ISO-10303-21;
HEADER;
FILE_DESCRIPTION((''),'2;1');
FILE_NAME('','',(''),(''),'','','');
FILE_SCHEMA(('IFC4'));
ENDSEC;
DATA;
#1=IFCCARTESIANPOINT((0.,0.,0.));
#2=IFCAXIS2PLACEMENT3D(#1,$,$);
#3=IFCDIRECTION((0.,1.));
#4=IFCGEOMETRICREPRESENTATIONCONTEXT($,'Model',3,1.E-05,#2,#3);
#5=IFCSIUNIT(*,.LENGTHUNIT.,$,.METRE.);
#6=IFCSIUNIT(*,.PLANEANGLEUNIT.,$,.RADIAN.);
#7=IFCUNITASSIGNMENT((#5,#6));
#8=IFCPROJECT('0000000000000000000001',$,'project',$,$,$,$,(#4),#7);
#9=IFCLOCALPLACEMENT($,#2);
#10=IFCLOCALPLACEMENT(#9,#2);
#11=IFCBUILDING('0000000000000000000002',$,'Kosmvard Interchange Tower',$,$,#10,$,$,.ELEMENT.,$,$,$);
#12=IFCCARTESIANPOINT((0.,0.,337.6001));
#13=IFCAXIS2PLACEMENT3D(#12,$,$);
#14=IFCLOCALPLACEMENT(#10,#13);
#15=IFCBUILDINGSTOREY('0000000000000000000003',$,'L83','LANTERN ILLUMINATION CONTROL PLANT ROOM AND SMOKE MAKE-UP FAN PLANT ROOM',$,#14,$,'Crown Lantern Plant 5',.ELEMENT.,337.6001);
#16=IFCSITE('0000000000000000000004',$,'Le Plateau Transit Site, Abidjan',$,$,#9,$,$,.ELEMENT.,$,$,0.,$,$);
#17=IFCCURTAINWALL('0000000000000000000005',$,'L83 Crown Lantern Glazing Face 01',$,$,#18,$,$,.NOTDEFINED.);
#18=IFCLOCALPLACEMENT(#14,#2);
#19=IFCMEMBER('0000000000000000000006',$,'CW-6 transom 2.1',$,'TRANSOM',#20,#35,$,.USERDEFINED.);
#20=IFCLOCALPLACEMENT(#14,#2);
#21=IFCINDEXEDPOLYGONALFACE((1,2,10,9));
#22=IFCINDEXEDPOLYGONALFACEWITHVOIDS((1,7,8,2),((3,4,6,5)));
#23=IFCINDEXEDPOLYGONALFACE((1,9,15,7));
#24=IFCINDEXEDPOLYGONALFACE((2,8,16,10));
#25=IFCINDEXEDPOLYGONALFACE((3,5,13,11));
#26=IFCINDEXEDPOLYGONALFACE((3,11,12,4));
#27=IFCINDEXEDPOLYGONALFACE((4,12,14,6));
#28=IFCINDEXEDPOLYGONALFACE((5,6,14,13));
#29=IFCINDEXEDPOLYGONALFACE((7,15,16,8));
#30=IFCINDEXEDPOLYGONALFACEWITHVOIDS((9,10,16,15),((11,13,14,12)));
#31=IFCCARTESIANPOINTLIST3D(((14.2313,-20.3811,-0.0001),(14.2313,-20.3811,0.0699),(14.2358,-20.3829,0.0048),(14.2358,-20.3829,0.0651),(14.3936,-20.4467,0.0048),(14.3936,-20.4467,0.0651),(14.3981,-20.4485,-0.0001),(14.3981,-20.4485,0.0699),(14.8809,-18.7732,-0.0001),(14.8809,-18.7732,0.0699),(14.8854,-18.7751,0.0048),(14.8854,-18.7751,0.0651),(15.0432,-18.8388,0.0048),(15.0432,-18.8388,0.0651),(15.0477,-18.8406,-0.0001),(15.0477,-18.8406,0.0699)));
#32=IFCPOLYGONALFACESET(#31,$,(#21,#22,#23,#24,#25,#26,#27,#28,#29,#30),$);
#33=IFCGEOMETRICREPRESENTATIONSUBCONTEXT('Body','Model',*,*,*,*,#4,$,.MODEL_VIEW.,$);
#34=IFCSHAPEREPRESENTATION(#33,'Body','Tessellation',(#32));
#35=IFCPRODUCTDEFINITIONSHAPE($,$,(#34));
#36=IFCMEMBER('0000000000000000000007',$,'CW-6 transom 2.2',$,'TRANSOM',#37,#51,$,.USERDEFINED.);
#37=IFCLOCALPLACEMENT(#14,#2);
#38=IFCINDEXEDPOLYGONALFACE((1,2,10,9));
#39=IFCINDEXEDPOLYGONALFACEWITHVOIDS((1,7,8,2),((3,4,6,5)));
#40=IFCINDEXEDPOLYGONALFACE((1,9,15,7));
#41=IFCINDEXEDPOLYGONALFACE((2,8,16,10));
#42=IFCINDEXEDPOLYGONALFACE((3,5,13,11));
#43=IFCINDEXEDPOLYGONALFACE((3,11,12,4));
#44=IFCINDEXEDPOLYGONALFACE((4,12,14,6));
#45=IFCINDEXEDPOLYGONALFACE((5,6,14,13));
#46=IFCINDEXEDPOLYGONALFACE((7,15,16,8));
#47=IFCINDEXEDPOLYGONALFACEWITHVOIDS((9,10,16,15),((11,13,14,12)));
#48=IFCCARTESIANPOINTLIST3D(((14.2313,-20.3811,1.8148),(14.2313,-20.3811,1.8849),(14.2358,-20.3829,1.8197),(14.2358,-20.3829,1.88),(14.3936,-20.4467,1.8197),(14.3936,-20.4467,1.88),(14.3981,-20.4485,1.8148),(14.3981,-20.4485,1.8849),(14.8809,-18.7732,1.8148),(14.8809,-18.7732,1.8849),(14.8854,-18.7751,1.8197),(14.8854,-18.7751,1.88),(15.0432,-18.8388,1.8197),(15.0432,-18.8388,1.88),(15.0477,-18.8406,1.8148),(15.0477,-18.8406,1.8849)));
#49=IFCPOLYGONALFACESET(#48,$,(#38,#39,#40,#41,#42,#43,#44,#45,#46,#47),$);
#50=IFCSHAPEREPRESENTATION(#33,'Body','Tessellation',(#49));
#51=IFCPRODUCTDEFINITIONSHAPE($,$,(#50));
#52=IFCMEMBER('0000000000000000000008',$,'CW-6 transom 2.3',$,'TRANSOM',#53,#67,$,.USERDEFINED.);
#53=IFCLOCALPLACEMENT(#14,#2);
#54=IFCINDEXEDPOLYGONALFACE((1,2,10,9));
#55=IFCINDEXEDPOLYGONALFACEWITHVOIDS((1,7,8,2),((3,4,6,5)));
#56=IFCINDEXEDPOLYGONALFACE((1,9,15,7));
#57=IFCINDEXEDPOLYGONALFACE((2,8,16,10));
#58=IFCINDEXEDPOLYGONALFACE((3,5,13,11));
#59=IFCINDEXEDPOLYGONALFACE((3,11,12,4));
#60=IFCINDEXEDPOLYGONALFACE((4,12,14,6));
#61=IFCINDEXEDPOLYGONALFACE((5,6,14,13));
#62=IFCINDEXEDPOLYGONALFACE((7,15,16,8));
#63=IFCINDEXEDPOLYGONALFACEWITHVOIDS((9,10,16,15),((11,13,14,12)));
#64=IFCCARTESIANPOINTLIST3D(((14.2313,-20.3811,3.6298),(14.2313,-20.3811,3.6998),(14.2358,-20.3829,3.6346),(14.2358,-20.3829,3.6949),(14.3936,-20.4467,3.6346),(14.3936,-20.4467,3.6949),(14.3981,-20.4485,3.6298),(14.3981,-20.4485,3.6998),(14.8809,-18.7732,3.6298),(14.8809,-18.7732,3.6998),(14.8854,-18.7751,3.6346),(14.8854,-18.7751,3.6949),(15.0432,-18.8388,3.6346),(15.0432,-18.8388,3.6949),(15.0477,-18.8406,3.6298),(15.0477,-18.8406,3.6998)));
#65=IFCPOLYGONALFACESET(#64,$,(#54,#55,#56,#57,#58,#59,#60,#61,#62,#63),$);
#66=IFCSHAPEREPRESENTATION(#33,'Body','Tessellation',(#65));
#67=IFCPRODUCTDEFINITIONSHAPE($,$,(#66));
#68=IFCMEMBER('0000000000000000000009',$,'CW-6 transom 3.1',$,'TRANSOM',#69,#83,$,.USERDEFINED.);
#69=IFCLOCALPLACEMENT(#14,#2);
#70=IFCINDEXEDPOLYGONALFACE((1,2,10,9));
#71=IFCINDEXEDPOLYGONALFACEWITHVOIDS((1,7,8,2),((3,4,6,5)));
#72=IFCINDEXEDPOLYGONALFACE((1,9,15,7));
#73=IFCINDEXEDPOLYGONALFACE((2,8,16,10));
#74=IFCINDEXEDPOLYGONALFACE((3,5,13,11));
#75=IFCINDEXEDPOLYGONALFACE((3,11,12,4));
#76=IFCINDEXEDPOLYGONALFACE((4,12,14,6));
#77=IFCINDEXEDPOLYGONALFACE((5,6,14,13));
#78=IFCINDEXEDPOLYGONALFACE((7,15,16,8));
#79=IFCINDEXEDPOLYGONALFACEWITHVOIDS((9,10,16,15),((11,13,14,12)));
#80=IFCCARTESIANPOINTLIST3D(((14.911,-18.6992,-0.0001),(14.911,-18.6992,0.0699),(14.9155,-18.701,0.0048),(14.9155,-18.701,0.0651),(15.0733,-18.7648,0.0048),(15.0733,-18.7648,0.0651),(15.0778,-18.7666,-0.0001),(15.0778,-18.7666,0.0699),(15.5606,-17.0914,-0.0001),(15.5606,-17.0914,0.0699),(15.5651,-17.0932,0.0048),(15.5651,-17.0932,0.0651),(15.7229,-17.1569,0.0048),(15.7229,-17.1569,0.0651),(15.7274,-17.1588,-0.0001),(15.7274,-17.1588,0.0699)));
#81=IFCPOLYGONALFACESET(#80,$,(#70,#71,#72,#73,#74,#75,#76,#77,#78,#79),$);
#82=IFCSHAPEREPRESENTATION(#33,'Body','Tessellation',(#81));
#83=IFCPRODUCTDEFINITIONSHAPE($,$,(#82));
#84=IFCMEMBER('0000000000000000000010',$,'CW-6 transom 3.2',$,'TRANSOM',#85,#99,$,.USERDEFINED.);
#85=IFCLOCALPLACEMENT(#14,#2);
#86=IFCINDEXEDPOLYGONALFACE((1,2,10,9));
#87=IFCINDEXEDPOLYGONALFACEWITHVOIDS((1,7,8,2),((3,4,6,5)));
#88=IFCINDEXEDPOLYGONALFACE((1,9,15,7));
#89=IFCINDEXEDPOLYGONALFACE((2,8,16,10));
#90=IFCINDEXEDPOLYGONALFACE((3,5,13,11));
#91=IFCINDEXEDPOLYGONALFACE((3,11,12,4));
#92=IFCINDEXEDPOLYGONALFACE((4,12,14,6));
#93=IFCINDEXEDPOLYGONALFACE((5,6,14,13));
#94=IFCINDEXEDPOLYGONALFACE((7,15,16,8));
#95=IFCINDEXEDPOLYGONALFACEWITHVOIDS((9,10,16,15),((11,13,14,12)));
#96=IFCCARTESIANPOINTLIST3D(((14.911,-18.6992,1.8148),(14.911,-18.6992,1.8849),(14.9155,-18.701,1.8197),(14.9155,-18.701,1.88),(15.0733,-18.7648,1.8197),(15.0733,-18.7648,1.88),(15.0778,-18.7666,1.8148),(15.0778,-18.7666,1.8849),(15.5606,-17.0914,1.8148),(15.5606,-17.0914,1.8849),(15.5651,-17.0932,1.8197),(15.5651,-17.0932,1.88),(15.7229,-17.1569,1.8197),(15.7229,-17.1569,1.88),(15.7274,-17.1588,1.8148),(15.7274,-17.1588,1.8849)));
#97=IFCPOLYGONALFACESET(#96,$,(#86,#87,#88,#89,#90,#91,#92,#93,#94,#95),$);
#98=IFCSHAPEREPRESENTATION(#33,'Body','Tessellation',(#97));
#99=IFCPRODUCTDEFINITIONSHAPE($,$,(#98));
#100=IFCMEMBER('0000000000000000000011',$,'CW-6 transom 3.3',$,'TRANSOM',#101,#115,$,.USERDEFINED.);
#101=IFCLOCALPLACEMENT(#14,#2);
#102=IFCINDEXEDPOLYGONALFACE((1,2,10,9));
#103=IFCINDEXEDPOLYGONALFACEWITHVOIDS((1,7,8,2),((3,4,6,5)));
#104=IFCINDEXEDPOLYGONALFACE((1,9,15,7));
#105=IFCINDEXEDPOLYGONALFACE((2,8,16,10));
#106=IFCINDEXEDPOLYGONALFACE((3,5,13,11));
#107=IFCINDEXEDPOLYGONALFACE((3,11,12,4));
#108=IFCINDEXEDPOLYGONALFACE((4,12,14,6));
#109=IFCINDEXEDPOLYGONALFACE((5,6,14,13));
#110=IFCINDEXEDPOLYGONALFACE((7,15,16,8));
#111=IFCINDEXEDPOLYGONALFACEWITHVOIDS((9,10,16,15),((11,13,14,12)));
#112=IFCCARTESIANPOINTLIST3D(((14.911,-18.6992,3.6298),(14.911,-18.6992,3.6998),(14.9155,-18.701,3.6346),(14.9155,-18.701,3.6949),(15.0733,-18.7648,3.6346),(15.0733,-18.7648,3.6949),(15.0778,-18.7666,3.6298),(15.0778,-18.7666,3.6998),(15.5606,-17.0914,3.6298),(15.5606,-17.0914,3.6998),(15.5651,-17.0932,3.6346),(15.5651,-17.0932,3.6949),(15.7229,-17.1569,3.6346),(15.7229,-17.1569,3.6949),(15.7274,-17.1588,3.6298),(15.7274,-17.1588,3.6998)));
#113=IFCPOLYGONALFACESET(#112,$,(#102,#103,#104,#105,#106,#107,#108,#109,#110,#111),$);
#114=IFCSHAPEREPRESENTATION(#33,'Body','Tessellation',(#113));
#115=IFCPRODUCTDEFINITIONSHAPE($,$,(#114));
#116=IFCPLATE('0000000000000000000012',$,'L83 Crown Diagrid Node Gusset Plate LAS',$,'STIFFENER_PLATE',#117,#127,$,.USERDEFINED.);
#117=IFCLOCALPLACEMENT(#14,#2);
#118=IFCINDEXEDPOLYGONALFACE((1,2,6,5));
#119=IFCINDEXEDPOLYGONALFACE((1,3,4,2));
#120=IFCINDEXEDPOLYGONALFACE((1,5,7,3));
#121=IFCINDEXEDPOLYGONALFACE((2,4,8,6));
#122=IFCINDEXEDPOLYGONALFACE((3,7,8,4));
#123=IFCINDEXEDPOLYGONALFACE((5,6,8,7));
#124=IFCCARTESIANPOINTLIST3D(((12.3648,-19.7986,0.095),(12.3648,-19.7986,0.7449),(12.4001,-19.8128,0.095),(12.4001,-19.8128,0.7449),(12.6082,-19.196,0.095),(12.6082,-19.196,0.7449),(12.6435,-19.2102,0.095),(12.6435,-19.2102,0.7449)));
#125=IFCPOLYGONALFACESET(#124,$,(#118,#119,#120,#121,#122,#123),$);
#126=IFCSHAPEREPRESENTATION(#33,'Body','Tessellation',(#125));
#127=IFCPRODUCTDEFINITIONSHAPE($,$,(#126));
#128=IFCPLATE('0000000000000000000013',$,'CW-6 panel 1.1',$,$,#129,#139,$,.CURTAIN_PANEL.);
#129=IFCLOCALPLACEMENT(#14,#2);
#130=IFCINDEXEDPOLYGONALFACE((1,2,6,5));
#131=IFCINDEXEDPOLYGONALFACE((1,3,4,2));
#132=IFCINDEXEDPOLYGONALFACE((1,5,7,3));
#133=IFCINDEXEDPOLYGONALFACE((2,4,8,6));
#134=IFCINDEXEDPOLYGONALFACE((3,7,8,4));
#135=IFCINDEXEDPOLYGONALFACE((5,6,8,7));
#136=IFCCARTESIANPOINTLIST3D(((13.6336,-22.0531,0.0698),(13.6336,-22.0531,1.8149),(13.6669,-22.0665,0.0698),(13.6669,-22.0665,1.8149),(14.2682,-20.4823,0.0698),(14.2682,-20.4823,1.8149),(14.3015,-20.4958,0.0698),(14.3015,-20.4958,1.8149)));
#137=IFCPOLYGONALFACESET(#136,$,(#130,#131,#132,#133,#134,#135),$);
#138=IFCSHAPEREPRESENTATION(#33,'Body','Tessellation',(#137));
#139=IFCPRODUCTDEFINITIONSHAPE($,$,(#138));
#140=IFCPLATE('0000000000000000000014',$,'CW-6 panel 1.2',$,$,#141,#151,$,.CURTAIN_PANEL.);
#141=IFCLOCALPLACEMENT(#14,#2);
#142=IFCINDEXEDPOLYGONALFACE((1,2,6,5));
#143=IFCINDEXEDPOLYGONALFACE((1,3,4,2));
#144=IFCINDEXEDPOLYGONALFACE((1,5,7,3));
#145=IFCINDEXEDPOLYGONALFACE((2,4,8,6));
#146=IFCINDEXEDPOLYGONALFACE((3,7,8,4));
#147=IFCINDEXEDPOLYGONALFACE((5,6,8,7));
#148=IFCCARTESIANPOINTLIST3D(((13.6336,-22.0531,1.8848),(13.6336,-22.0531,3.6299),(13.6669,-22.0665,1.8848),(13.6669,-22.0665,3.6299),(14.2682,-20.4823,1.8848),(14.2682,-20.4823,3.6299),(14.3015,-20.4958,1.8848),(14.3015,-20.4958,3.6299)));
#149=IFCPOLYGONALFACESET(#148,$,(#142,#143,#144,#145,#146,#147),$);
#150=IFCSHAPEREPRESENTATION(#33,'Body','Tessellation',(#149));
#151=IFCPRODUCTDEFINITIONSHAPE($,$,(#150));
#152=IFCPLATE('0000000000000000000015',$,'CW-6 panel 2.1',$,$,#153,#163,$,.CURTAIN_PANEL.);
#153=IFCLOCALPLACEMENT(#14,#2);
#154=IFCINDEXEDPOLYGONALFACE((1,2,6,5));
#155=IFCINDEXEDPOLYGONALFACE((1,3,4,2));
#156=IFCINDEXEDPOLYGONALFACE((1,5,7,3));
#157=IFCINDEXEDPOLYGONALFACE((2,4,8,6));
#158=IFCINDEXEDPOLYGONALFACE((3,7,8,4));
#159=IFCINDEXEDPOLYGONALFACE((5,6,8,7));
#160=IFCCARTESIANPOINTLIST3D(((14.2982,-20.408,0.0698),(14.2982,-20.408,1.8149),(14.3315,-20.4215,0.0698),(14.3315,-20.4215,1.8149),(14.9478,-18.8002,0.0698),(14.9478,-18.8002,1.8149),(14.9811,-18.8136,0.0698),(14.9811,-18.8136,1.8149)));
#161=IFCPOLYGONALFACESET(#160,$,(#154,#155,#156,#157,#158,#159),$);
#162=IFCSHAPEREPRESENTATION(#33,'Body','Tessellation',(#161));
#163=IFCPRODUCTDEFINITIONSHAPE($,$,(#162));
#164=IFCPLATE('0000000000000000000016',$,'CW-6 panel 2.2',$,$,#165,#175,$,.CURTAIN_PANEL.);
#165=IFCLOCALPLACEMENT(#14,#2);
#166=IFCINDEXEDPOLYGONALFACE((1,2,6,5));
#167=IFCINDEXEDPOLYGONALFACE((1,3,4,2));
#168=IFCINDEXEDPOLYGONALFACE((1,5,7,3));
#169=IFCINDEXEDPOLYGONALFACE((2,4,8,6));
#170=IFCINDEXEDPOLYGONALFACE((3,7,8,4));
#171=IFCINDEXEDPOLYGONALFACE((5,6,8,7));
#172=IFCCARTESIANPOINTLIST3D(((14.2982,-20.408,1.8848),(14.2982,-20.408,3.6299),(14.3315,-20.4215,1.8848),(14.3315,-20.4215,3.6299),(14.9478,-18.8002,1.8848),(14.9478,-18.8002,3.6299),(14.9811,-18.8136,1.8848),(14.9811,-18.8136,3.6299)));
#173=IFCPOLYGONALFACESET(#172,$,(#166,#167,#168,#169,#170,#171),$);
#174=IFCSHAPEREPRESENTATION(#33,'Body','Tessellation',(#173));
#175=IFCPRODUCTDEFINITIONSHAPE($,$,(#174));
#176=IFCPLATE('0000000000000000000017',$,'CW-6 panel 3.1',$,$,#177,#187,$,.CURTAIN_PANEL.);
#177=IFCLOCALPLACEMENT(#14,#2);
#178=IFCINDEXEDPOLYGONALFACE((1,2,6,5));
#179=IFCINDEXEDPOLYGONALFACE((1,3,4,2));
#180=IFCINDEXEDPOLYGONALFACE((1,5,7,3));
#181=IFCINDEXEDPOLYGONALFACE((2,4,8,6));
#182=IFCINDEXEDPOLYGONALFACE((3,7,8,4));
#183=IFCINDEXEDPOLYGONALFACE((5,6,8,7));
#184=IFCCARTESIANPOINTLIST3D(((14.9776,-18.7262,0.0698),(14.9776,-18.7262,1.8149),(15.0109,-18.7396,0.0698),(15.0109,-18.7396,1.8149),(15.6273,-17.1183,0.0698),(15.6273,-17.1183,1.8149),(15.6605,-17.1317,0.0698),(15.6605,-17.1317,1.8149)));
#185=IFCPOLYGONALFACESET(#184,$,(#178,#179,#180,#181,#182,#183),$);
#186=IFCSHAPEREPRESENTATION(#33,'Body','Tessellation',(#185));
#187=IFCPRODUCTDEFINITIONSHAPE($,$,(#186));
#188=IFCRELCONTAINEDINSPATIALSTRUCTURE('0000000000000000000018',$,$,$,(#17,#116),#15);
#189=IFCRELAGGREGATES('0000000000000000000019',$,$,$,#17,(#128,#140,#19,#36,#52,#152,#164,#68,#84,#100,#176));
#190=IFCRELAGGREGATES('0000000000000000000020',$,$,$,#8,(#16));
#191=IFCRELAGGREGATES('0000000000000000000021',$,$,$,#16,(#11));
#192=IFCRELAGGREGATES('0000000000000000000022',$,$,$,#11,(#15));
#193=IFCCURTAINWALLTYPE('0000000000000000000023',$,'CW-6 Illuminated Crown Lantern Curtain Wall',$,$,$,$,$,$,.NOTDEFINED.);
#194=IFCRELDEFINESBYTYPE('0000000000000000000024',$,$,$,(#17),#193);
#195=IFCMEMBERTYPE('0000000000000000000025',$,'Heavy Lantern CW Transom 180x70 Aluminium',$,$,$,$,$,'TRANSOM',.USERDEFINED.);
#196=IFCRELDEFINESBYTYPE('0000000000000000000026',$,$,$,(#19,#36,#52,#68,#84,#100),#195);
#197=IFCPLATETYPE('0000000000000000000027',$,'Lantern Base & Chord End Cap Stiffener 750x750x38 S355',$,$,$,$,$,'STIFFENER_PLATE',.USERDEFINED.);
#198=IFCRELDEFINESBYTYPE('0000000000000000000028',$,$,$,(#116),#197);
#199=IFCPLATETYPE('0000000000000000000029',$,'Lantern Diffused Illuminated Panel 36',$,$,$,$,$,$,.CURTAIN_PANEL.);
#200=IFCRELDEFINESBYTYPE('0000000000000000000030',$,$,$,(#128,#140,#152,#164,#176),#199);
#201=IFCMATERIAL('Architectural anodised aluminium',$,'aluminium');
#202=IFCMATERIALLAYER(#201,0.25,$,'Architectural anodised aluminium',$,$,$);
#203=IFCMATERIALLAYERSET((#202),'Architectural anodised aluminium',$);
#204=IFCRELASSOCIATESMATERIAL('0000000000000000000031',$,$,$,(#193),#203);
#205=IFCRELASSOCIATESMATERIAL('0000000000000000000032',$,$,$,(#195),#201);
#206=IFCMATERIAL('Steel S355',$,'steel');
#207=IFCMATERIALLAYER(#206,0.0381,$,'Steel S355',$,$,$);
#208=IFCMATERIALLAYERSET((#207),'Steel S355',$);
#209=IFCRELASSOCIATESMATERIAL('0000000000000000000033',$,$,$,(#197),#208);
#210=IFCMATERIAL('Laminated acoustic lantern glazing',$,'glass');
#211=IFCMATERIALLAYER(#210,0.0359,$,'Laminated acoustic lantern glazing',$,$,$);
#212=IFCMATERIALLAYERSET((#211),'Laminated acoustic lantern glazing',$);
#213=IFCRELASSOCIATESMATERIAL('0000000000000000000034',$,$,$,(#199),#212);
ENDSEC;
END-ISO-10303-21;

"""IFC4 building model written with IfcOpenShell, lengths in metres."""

from ifc_helpers import new_model, si_unit, direction, frame, origin, origin_2d, place, context, subcontext, project, spatial, rectangle, hollow_rectangle, extrude, source, transform, mapped, material, layer, layer_set, material_profile, profile_set, type_object, element, aggregate, save


model = new_model("IFC4")

# Units and contexts
model_context = context("Model", 3, precision=1e-05, world=origin(), true_north=direction((0.0, 1.0)))
body_context = subcontext(model_context, "Body", "Model", "MODEL_VIEW")
ifc_project = project(units=[si_unit("LENGTHUNIT", "METRE"), si_unit("PLANEANGLEUNIT", "RADIAN")], contexts=[model_context])

# Site, building, storey
site_placement = place(None, origin())
site = spatial("IfcSite", under=ifc_project, at=site_placement, Name="Le Plateau Transit Site, Abidjan", CompositionType="ELEMENT", RefElevation=0.0)
building_placement = place(site_placement, origin())
building = spatial("IfcBuilding", under=site, at=building_placement, Name="Kosmvard Interchange Tower", CompositionType="ELEMENT")
storey_placement = place(building_placement, frame((0.0, 0.0, 337.6001)))
storey = spatial("IfcBuildingStorey", under=building, at=storey_placement, Name="L83", Description="LANTERN ILLUMINATION CONTROL PLANT ROOM AND SMOKE MAKE-UP FAN PLANT ROOM", LongName="Crown Lantern Plant 5", CompositionType="ELEMENT", Elevation=337.6001)

# Shared definitions
ifc_material_1 = material(Name="Steel S355", Category="steel")

# Curtain wall
ifc_material_2 = material(Name="Architectural anodised aluminium", Category="aluminium")
ifc_layer_1 = layer(ifc_material_2, 0.25, Name="Architectural anodised aluminium")
ifc_layer_set_1 = layer_set([ifc_layer_1], Name="Architectural anodised aluminium")
curtain_wall_type = type_object("IfcCurtainWallType", Name="CW-6 Illuminated Crown Lantern Curtain Wall", PredefinedType="NOTDEFINED", material=ifc_layer_set_1)
curtain_wall_1_placement = place(storey_placement, origin())
curtain_wall_1 = element("IfcCurtainWall", 1, at=curtain_wall_1_placement, inside=storey, type_object=curtain_wall_type, Name="L83 Crown Lantern Glazing Face 01", PredefinedType="NOTDEFINED")

# Members
ifc_material_profile_1 = material_profile(ifc_material_2, hollow_rectangle(XDim=0.1799, YDim=0.0701, WallThickness=0.0049, at=origin_2d()), Name="CWT 180x70x5")
ifc_profile_set_1 = profile_set([ifc_material_profile_1], Name="Architectural anodised aluminium")
member_type_1 = type_object("IfcMemberType", Name="Heavy Lantern CW Transom 180x70 Aluminium", ElementType="TRANSOM", PredefinedType="USERDEFINED", material=ifc_profile_set_1)
shared_shape_1 = source(origin(), body_context, "Body", "SweptSolid", [
    extrude(hollow_rectangle(XDim=0.1799, YDim=0.0701, WallThickness=0.0049, at=origin_2d()), origin(), (0.0, 0.0, 1.0), 1.7341),
])
member_1_placement = place(storey_placement, frame((14.3147, -20.4148, 0.0349), z_axis=(0.374617, 0.92718, 0.0), x_axis=(-0.92718, 0.374617, 0.0)))
member_1 = element("IfcMember", 2, at=member_1_placement, type_object=member_type_1, Name="CW-6 transom 2.1", ObjectType="TRANSOM", PredefinedType="USERDEFINED", context=body_context, shape_type="MappedRepresentation", body=[
    mapped(shared_shape_1, transform((0.0, 0.0, 0.0), scale=1.0)),
])
member_2_placement = place(storey_placement, frame((14.3147, -20.4148, 1.8499), z_axis=(0.374617, 0.92718, 0.0), x_axis=(-0.92718, 0.374617, 0.0)))
member_2 = element("IfcMember", 3, at=member_2_placement, type_object=member_type_1, Name="CW-6 transom 2.2", ObjectType="TRANSOM", PredefinedType="USERDEFINED", context=body_context, shape_type="MappedRepresentation", body=[
    mapped(shared_shape_1, transform((0.0, 0.0, 0.0), scale=1.0)),
])
member_3_placement = place(storey_placement, frame((14.3147, -20.4148, 3.6648), z_axis=(0.374617, 0.92718, 0.0), x_axis=(-0.92718, 0.374617, 0.0)))
member_3 = element("IfcMember", 4, at=member_3_placement, type_object=member_type_1, Name="CW-6 transom 2.3", ObjectType="TRANSOM", PredefinedType="USERDEFINED", context=body_context, shape_type="MappedRepresentation", body=[
    mapped(shared_shape_1, transform((0.0, 0.0, 0.0), scale=1.0)),
])
member_4_placement = place(storey_placement, frame((14.9944, -18.7329, 0.0349), z_axis=(0.374617, 0.92718, 0.0), x_axis=(-0.92718, 0.374617, 0.0)))
member_4 = element("IfcMember", 5, at=member_4_placement, type_object=member_type_1, Name="CW-6 transom 3.1", ObjectType="TRANSOM", PredefinedType="USERDEFINED", context=body_context, shape_type="MappedRepresentation", body=[
    mapped(shared_shape_1, transform((0.0, 0.0, 0.0), scale=1.0)),
])
member_5_placement = place(storey_placement, frame((14.9944, -18.7329, 1.8499), z_axis=(0.374617, 0.92718, 0.0), x_axis=(-0.92718, 0.374617, 0.0)))
member_5 = element("IfcMember", 6, at=member_5_placement, type_object=member_type_1, Name="CW-6 transom 3.2", ObjectType="TRANSOM", PredefinedType="USERDEFINED", context=body_context, shape_type="MappedRepresentation", body=[
    mapped(shared_shape_1, transform((0.0, 0.0, 0.0), scale=1.0)),
])
member_6_placement = place(storey_placement, frame((14.9944, -18.7329, 3.6648), z_axis=(0.374617, 0.92718, 0.0), x_axis=(-0.92718, 0.374617, 0.0)))
member_6 = element("IfcMember", 7, at=member_6_placement, type_object=member_type_1, Name="CW-6 transom 3.3", ObjectType="TRANSOM", PredefinedType="USERDEFINED", context=body_context, shape_type="MappedRepresentation", body=[
    mapped(shared_shape_1, transform((0.0, 0.0, 0.0), scale=1.0)),
])

# Plates
ifc_layer_2 = layer(ifc_material_1, 0.0381, Name="Steel S355")
ifc_layer_set_2 = layer_set([ifc_layer_2], Name="Steel S355")
plate_type_1 = type_object("IfcPlateType", Name="Lantern Base & Chord End Cap Stiffener 750x750x38 S355", ElementType="STIFFENER_PLATE", PredefinedType="USERDEFINED", material=ifc_layer_set_2)
shared_shape_2 = source(origin(), body_context, "Body", "SweptSolid", [
    extrude(rectangle(XDim=0.6499, YDim=0.0381, at=origin_2d()), origin(), (0.0, 0.0, 1.0), 0.6499),
])
plate_1_placement = place(storey_placement, frame((12.5042, -19.5044, 0.095), z_axis=(0.0, 0.0, 1.0), x_axis=(0.374607, 0.927184, 0.0)))
element("IfcPlate", 8, at=plate_1_placement, inside=storey, type_object=plate_type_1, Name="L83 Crown Diagrid Node Gusset Plate LAS", ObjectType="STIFFENER_PLATE", PredefinedType="USERDEFINED", context=body_context, shape_type="MappedRepresentation", body=[
    mapped(shared_shape_2, transform((0.0, 0.0, 0.0), scale=1.0)),
])
ifc_material_3 = material(Name="Laminated acoustic lantern glazing", Category="glass")
ifc_layer_3 = layer(ifc_material_3, 0.0359, Name="Laminated acoustic lantern glazing")
ifc_layer_set_3 = layer_set([ifc_layer_3], Name="Laminated acoustic lantern glazing")
plate_type_2 = type_object("IfcPlateType", Name="Lantern Diffused Illuminated Panel 36", PredefinedType="CURTAIN_PANEL", material=ifc_layer_set_3)
shared_shape_3 = source(origin(), body_context, "Body", "SweptSolid", [
    extrude(rectangle(XDim=1.6941, YDim=0.0359, at=origin_2d()), origin(), (0.0, 0.0, 1.0), 1.7451),
])
plate_2_placement = place(storey_placement, frame((13.9675, -21.2744, 0.0698), z_axis=(0.0, 0.0, 1.0), x_axis=(0.374607, 0.927184, 0.0)))
plate_2 = element("IfcPlate", 9, at=plate_2_placement, type_object=plate_type_2, Name="CW-6 panel 1.1", PredefinedType="CURTAIN_PANEL", context=body_context, shape_type="MappedRepresentation", body=[
    mapped(shared_shape_3, transform((0.0, 0.0, 0.0), scale=1.0)),
])
plate_3_placement = place(storey_placement, frame((13.9675, -21.2744, 1.8848), z_axis=(0.0, 0.0, 1.0), x_axis=(0.374607, 0.927184, 0.0)))
plate_3 = element("IfcPlate", 10, at=plate_3_placement, type_object=plate_type_2, Name="CW-6 panel 1.2", PredefinedType="CURTAIN_PANEL", context=body_context, shape_type="MappedRepresentation", body=[
    mapped(shared_shape_3, transform((0.0, 0.0, 0.0), scale=1.0)),
])
shared_shape_4 = source(origin(), body_context, "Body", "SweptSolid", [
    extrude(rectangle(XDim=1.7341, YDim=0.0359, at=origin_2d()), origin(), (0.0, 0.0, 1.0), 1.7451),
])
plate_4_placement = place(storey_placement, frame((14.6396, -19.6108, 0.0698), z_axis=(0.0, 0.0, 1.0), x_axis=(0.374607, 0.927184, 0.0)))
plate_4 = element("IfcPlate", 11, at=plate_4_placement, type_object=plate_type_2, Name="CW-6 panel 2.1", PredefinedType="CURTAIN_PANEL", context=body_context, shape_type="MappedRepresentation", body=[
    mapped(shared_shape_4, transform((0.0, 0.0, 0.0), scale=1.0)),
])
plate_5_placement = place(storey_placement, frame((14.6396, -19.6108, 1.8848), z_axis=(0.0, 0.0, 1.0), x_axis=(0.374607, 0.927184, 0.0)))
plate_5 = element("IfcPlate", 12, at=plate_5_placement, type_object=plate_type_2, Name="CW-6 panel 2.2", PredefinedType="CURTAIN_PANEL", context=body_context, shape_type="MappedRepresentation", body=[
    mapped(shared_shape_4, transform((0.0, 0.0, 0.0), scale=1.0)),
])
plate_6_placement = place(storey_placement, frame((15.3191, -17.929, 0.0698), z_axis=(0.0, 0.0, 1.0), x_axis=(0.374607, 0.927184, 0.0)))
plate_6 = element("IfcPlate", 13, at=plate_6_placement, type_object=plate_type_2, Name="CW-6 panel 3.1", PredefinedType="CURTAIN_PANEL", context=body_context, shape_type="MappedRepresentation", body=[
    mapped(shared_shape_4, transform((0.0, 0.0, 0.0), scale=1.0)),
])
aggregate(curtain_wall_1, [plate_2, plate_3, member_1, member_2, member_3, plate_4, plate_5, member_4, member_5, member_6, plate_6])

save(model, "model.ifc")
